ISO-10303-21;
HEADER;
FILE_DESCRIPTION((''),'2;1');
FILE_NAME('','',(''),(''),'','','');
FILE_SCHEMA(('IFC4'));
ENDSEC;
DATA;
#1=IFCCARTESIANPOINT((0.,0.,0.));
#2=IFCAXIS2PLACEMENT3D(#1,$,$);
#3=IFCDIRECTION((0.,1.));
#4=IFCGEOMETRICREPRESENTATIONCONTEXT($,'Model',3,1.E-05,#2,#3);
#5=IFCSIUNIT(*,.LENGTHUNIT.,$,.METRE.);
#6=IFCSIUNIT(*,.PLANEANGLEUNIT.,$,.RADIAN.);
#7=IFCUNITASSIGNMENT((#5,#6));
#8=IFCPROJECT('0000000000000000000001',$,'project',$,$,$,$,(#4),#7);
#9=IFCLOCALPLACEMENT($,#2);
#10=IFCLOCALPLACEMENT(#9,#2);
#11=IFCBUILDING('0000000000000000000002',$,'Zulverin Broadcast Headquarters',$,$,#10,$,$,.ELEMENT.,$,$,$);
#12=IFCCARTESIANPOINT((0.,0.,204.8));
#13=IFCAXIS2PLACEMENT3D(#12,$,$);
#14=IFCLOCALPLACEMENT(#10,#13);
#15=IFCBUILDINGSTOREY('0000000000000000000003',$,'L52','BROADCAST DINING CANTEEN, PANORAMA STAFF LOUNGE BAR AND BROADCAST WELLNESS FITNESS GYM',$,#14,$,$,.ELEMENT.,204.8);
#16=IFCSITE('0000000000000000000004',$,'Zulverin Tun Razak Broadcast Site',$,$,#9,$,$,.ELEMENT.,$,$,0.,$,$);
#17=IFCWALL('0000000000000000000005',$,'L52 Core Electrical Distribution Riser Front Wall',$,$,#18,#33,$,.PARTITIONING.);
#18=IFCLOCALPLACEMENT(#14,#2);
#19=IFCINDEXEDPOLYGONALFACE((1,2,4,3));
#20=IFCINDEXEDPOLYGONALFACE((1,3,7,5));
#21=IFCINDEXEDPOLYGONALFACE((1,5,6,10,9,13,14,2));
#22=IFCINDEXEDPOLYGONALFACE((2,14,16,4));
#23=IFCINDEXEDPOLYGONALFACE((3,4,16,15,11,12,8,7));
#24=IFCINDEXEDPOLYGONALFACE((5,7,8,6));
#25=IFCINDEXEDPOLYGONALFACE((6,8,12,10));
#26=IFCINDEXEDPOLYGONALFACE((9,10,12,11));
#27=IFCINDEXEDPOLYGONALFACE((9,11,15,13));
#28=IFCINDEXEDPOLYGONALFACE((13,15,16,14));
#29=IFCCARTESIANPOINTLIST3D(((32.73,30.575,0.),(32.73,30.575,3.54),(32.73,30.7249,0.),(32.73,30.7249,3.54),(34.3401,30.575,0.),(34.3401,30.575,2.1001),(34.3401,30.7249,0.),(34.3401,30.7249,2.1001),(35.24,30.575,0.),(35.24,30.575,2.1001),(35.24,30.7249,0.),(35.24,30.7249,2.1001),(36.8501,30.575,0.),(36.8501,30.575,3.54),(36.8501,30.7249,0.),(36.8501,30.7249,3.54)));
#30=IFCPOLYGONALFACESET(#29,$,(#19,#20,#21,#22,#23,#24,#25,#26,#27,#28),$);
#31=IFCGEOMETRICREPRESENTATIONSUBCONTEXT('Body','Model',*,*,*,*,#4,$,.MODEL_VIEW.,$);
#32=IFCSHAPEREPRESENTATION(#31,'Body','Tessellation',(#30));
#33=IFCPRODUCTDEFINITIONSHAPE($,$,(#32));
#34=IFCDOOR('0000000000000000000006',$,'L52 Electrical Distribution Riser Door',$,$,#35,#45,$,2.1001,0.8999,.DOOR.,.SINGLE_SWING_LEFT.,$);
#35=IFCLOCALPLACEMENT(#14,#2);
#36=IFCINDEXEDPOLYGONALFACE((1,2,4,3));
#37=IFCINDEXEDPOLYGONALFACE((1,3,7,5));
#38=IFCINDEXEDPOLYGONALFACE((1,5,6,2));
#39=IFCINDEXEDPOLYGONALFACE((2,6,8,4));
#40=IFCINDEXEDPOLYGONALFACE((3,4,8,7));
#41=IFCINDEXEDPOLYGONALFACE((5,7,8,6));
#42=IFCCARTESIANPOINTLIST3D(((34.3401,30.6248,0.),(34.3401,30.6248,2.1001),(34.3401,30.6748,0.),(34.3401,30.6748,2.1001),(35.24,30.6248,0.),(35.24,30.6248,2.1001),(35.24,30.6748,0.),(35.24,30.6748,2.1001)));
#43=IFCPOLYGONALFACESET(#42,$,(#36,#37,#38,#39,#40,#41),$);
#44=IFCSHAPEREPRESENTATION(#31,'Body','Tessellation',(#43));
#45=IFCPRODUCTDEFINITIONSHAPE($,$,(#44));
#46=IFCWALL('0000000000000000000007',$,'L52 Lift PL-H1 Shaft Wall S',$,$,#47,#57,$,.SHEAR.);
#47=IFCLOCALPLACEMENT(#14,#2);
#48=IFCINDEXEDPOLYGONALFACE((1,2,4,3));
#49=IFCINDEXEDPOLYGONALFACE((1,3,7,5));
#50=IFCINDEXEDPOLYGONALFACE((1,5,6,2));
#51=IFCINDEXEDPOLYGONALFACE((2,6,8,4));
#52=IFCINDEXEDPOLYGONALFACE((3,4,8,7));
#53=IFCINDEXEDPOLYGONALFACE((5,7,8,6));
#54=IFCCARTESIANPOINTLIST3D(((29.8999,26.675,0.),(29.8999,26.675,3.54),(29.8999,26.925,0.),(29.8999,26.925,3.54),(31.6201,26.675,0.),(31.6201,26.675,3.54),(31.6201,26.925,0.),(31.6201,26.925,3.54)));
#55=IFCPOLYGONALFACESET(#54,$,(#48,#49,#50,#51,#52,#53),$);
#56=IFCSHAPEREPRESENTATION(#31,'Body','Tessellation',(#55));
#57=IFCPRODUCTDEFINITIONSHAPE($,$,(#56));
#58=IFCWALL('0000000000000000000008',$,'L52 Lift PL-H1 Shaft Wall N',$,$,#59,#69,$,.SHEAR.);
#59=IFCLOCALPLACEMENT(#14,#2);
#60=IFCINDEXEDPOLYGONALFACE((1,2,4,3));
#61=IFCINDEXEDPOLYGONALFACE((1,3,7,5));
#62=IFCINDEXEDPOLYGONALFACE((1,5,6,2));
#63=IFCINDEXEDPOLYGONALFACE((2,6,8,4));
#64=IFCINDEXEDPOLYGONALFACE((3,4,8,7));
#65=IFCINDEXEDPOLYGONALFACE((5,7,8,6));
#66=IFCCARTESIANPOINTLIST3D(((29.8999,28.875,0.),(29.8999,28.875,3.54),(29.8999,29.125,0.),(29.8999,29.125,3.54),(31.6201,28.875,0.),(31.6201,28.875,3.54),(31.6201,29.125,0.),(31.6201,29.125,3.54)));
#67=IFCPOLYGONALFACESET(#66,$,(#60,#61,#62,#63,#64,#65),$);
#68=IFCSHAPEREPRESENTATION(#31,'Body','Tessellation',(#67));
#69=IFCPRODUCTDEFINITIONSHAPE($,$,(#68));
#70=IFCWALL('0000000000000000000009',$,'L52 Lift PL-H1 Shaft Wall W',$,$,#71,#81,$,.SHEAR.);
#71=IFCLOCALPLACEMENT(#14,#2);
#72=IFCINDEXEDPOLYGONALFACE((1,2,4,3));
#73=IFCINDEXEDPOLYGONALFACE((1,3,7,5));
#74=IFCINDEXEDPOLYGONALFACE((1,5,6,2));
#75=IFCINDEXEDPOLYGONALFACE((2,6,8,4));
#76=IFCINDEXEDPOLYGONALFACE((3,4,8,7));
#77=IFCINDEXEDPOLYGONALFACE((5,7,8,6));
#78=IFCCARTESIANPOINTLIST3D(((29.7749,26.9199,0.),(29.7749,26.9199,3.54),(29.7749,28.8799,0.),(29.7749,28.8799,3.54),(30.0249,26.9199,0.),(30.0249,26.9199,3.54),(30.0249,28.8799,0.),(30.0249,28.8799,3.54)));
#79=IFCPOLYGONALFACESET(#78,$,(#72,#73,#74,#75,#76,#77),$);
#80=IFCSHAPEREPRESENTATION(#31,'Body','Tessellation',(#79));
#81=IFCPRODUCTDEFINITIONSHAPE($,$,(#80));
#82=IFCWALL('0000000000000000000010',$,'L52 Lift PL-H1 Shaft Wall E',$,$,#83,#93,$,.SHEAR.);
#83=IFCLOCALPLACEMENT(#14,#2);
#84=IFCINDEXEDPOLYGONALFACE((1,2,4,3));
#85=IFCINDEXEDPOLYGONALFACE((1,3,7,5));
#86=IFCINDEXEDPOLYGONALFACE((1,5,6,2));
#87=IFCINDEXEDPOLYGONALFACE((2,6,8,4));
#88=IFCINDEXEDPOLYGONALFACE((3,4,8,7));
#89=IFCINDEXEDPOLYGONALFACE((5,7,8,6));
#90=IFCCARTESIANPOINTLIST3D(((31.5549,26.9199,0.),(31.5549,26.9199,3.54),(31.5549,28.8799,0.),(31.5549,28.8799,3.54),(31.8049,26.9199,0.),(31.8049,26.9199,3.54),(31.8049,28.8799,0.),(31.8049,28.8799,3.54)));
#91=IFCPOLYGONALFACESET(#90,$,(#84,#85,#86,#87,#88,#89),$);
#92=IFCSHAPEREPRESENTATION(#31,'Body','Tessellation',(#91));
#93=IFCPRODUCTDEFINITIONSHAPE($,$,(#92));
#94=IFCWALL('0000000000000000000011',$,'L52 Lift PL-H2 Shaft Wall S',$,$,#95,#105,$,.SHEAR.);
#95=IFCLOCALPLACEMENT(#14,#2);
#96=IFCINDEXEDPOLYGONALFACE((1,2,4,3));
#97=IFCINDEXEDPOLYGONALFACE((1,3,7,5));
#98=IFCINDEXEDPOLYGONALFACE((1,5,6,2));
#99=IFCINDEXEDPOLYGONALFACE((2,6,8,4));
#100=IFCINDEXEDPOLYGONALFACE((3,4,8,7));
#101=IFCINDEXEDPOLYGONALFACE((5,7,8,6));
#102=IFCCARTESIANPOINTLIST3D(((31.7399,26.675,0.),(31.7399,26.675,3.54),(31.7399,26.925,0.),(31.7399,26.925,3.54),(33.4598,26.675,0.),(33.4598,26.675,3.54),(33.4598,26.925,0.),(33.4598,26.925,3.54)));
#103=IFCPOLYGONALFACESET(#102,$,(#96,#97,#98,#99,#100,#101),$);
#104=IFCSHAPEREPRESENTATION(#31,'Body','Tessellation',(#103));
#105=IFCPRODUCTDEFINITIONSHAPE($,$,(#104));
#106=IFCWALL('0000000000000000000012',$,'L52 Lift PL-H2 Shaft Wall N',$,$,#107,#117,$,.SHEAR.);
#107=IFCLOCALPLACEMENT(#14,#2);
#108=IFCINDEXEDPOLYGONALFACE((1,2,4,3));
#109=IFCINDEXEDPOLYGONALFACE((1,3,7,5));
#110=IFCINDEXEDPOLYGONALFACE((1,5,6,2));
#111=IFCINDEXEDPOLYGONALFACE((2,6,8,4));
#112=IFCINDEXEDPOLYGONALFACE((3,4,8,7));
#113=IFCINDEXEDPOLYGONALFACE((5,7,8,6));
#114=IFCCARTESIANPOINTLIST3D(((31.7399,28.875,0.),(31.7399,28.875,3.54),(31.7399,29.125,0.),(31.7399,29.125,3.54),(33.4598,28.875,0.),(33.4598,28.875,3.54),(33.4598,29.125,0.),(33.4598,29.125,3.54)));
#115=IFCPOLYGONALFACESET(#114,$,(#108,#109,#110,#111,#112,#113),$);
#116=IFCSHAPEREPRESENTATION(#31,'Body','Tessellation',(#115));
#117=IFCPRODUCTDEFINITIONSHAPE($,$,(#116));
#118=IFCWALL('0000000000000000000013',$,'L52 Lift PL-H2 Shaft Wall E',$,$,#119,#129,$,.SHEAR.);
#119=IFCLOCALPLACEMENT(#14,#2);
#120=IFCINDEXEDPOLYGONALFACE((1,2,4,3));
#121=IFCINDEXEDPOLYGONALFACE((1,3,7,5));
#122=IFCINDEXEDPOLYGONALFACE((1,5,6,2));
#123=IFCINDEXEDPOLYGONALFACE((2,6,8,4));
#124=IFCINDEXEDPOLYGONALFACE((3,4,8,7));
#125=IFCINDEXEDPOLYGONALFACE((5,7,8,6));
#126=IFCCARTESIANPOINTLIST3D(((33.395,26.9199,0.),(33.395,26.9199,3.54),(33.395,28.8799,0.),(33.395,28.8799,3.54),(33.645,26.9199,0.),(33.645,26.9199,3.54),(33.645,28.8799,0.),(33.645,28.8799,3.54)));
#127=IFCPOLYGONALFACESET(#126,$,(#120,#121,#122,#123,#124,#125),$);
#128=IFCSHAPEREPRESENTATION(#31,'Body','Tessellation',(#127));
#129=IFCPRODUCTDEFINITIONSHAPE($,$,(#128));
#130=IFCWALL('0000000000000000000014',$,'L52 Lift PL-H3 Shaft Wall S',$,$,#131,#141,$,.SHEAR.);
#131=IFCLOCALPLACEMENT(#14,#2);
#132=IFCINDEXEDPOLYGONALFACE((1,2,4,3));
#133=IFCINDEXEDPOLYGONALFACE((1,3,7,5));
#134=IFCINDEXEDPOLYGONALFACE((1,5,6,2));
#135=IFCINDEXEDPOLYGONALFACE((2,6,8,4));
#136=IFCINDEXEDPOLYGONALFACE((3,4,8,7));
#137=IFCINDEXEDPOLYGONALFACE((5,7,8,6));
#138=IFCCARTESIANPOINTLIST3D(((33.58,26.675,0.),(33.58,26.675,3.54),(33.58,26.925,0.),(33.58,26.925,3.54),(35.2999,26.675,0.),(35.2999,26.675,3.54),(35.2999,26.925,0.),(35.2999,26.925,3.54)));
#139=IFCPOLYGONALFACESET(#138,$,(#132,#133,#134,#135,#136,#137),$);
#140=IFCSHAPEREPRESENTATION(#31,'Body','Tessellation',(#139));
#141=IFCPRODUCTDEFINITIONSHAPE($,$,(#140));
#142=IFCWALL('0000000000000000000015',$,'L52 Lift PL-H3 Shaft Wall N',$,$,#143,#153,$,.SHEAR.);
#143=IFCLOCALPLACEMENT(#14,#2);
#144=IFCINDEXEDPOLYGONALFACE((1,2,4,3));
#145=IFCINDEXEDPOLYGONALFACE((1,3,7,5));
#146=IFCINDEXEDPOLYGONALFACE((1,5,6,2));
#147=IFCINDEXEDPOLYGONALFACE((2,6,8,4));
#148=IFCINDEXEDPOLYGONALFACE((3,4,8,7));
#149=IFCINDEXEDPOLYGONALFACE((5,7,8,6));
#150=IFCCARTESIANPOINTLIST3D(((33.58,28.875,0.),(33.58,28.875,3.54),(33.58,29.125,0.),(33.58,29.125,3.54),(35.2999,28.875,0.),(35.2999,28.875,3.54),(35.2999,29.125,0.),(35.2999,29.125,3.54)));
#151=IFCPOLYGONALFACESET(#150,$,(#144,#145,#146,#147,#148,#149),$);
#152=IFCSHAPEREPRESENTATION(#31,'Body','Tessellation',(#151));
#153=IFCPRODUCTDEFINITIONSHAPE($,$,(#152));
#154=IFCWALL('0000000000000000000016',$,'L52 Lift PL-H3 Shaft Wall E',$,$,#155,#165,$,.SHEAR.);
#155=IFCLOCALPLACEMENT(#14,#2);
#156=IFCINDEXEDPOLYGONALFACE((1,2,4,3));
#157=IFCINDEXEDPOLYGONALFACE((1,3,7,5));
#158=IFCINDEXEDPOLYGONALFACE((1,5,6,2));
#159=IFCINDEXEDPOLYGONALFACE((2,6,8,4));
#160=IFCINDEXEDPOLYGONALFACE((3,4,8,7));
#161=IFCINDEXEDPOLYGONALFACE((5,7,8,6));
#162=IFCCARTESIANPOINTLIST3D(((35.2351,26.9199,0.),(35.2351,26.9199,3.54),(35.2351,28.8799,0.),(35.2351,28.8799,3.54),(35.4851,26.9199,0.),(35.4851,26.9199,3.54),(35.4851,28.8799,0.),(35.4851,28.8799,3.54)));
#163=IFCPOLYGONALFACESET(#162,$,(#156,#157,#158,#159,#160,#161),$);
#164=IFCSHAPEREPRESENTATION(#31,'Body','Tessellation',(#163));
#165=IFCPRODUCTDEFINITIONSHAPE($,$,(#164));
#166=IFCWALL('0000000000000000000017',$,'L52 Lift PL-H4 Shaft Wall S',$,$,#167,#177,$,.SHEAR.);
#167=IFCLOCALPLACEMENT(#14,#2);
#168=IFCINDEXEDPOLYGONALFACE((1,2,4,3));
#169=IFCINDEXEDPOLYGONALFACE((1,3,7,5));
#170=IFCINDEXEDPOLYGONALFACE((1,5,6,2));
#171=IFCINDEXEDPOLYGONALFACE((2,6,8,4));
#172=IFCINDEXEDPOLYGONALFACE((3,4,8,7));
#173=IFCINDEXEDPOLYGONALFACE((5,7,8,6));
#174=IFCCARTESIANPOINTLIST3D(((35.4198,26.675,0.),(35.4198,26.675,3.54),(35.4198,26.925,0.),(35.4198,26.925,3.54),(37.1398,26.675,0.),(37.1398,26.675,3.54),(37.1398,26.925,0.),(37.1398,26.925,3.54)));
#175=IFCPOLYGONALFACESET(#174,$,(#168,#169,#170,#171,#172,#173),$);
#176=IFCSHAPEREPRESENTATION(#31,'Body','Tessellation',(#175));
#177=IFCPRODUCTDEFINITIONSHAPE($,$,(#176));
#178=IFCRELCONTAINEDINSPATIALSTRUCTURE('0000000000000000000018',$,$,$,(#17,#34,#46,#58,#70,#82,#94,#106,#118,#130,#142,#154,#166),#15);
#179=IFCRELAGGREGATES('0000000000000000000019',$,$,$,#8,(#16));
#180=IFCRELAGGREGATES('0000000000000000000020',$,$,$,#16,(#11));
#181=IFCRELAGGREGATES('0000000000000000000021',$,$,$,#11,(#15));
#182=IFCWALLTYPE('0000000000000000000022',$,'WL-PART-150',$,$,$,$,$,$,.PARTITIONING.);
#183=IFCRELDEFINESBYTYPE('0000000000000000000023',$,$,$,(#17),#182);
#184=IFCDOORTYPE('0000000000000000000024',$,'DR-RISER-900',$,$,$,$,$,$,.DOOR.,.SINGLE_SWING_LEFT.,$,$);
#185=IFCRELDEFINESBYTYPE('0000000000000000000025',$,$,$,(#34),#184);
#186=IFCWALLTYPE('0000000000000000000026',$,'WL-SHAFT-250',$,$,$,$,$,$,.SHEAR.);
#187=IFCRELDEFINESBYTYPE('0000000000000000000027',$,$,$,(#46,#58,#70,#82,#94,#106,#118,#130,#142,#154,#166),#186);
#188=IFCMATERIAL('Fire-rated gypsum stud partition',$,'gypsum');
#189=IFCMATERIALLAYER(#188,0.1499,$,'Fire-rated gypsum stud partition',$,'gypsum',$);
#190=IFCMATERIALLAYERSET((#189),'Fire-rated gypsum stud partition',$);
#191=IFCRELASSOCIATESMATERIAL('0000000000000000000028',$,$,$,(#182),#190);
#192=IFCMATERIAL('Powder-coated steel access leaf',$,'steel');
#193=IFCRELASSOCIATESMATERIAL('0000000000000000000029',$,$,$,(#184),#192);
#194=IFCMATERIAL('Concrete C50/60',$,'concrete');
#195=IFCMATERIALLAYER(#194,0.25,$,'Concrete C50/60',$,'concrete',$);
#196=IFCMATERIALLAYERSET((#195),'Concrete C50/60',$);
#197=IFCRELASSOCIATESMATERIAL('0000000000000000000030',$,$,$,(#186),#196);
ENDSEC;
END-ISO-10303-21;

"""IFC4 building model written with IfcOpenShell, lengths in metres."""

from ifc_helpers import new_model, si_unit, direction, frame, frame_2d, origin, place, context, subcontext, project, spatial, rectangle, extrude, material, layer, layer_set, type_object, element, fill, save


model = new_model("IFC4")

# Units and contexts
model_context = context("Model", 3, precision=1e-05, world=origin(), true_north=direction((0.0, 1.0)))
body_context = subcontext(model_context, "Body", "Model", "MODEL_VIEW")
ifc_project = project(units=[si_unit("LENGTHUNIT", "METRE"), si_unit("PLANEANGLEUNIT", "RADIAN")], contexts=[model_context])

# Site, building, storey
site_placement = place(None, origin())
site = spatial("IfcSite", under=ifc_project, at=site_placement, Name="Zulverin Tun Razak Broadcast Site", CompositionType="ELEMENT", RefElevation=0.0)
building_placement = place(site_placement, origin())
building = spatial("IfcBuilding", under=site, at=building_placement, Name="Zulverin Broadcast Headquarters", CompositionType="ELEMENT")
storey_placement = place(building_placement, frame((0.0, 0.0, 204.8)))
storey = spatial("IfcBuildingStorey", under=building, at=storey_placement, Name="L52", Description="BROADCAST DINING CANTEEN, PANORAMA STAFF LOUNGE BAR AND BROADCAST WELLNESS FITNESS GYM", CompositionType="ELEMENT", Elevation=204.8)

# Wall, opening, door
ifc_material_1 = material(Name="Fire-rated gypsum stud partition", Category="gypsum")
ifc_layer_1 = layer(ifc_material_1, 0.1499, Name="Fire-rated gypsum stud partition", Category="gypsum")
ifc_layer_set_1 = layer_set([ifc_layer_1], Name="Fire-rated gypsum stud partition")
wall_type_1 = type_object("IfcWallType", Name="WL-PART-150", PredefinedType="PARTITIONING", material=ifc_layer_set_1)
wall_1_placement = place(storey_placement, frame((32.73, 30.6499, 0.0), z_axis=(0.0, 0.0, 1.0), x_axis=(1.0, 0.0, 0.0)))
wall_1 = element("IfcWall", 1, at=wall_1_placement, inside=storey, type_object=wall_type_1, Name="L52 Core Electrical Distribution Riser Front Wall", PredefinedType="PARTITIONING", context=body_context, shape_type="SweptSolid", body=[
    extrude(rectangle(XDim=4.1201, YDim=0.1499, at=frame_2d((2.0601, 0.0))), origin(), (0.0, 0.0, 1.0), 3.54),
])
opening_1_placement = place(wall_1_placement, frame((1.6101, 0.0, 0.0)))
opening_1 = element("IfcOpeningElement", 2, at=opening_1_placement, cuts=wall_1, PredefinedType="OPENING", context=body_context, shape_type="SweptSolid", body=[
    extrude(rectangle(XDim=0.8999, YDim=2.1001, at=frame_2d((0.45, 1.05))), frame((0.0, 0.085, 0.0), z_axis=(0.0, -1.0, 0.0), x_axis=(1.0, 0.0, 0.0)), (0.0, 0.0, 1.0), 0.1699),
])
ifc_material_2 = material(Name="Powder-coated steel access leaf", Category="steel")
door_type_1 = type_object("IfcDoorType", Name="DR-RISER-900", OperationType="SINGLE_SWING_LEFT", PredefinedType="DOOR", material=ifc_material_2)
door_1_placement = place(opening_1_placement, origin())
door_1 = element("IfcDoor", 3, at=door_1_placement, inside=storey, type_object=door_type_1, Name="L52 Electrical Distribution Riser Door", OperationType="SINGLE_SWING_LEFT", OverallHeight=2.1001, OverallWidth=0.8999, PredefinedType="DOOR", context=body_context, shape_type="SweptSolid", body=[
    extrude(rectangle(XDim=0.8999, YDim=2.1001, at=frame_2d((0.45, 1.05))), frame((0.0, 0.0249, 0.0), z_axis=(0.0, -1.0, 0.0), x_axis=(1.0, 0.0, 0.0)), (0.0, 0.0, 1.0), 0.05),
])
fill(opening_1, door_1)
ifc_material_3 = material(Name="Concrete C50/60", Category="concrete")
ifc_layer_2 = layer(ifc_material_3, 0.25, Name="Concrete C50/60", Category="concrete")
ifc_layer_set_2 = layer_set([ifc_layer_2], Name="Concrete C50/60")
wall_type_2 = type_object("IfcWallType", Name="WL-SHAFT-250", PredefinedType="SHEAR", material=ifc_layer_set_2)

# Walls
for number, where, z_axis, x_axis, name in (
    (4, (29.8999, 26.8, 0.0), (0.0, 0.0, 1.0), (1.0, 0.0, 0.0), "L52 Lift PL-H1 Shaft Wall S"),
    (5, (29.8999, 29.0, 0.0), (0.0, 0.0, 1.0), (1.0, 0.0, 0.0), "L52 Lift PL-H1 Shaft Wall N"),
):
    element("IfcWall", number, at=place(storey_placement, frame(where, z_axis=z_axis, x_axis=x_axis)), inside=storey, type_object=wall_type_2, Name=name, PredefinedType="SHEAR", context=body_context, shape_type="SweptSolid", body=[
        extrude(rectangle(XDim=1.7202, YDim=0.25, at=frame_2d((0.8601, 0.0))), origin(), (0.0, 0.0, 1.0), 3.54),
    ])
for number, where, z_axis, x_axis, name in (
    (6, (29.8999, 26.9199, 0.0), (0.0, 0.0, 1.0), (0.0, 1.0, 0.0), "L52 Lift PL-H1 Shaft Wall W"),
    (7, (31.6799, 26.9199, 0.0), (0.0, 0.0, 1.0), (0.0, 1.0, 0.0), "L52 Lift PL-H1 Shaft Wall E"),
):
    element("IfcWall", number, at=place(storey_placement, frame(where, z_axis=z_axis, x_axis=x_axis)), inside=storey, type_object=wall_type_2, Name=name, PredefinedType="SHEAR", context=body_context, shape_type="SweptSolid", body=[
        extrude(rectangle(XDim=1.96, YDim=0.25, at=frame_2d((0.98, 0.0))), origin(), (0.0, 0.0, 1.0), 3.54),
    ])
for number, where, z_axis, x_axis, name in (
    (8, (31.74, 26.8, 0.0), (0.0, 0.0, 1.0), (1.0, 0.0, 0.0), "L52 Lift PL-H2 Shaft Wall S"),
    (9, (31.74, 29.0, 0.0), (0.0, 0.0, 1.0), (1.0, 0.0, 0.0), "L52 Lift PL-H2 Shaft Wall N"),
):
    element("IfcWall", number, at=place(storey_placement, frame(where, z_axis=z_axis, x_axis=x_axis)), inside=storey, type_object=wall_type_2, Name=name, PredefinedType="SHEAR", context=body_context, shape_type="SweptSolid", body=[
        extrude(rectangle(XDim=1.72, YDim=0.25, at=frame_2d((0.8599, 0.0))), origin(), (0.0, 0.0, 1.0), 3.54),
    ])
wall_2_placement = place(storey_placement, frame((33.52, 26.9199, 0.0), z_axis=(0.0, 0.0, 1.0), x_axis=(0.0, 1.0, 0.0)))
element("IfcWall", 10, at=wall_2_placement, inside=storey, type_object=wall_type_2, Name="L52 Lift PL-H2 Shaft Wall E", PredefinedType="SHEAR", context=body_context, shape_type="SweptSolid", body=[
    extrude(rectangle(XDim=1.96, YDim=0.25, at=frame_2d((0.98, 0.0))), origin(), (0.0, 0.0, 1.0), 3.54),
])
for number, where, z_axis, x_axis, name in (
    (11, (33.5801, 26.8, 0.0), (0.0, 0.0, 1.0), (1.0, 0.0, 0.0), "L52 Lift PL-H3 Shaft Wall S"),
    (12, (33.5801, 29.0, 0.0), (0.0, 0.0, 1.0), (1.0, 0.0, 0.0), "L52 Lift PL-H3 Shaft Wall N"),
):
    element("IfcWall", number, at=place(storey_placement, frame(where, z_axis=z_axis, x_axis=x_axis)), inside=storey, type_object=wall_type_2, Name=name, PredefinedType="SHEAR", context=body_context, shape_type="SweptSolid", body=[
        extrude(rectangle(XDim=1.72, YDim=0.25, at=frame_2d((0.8599, 0.0))), origin(), (0.0, 0.0, 1.0), 3.54),
    ])
wall_3_placement = place(storey_placement, frame((35.3601, 26.9199, 0.0), z_axis=(0.0, 0.0, 1.0), x_axis=(0.0, 1.0, 0.0)))
element("IfcWall", 13, at=wall_3_placement, inside=storey, type_object=wall_type_2, Name="L52 Lift PL-H3 Shaft Wall E", PredefinedType="SHEAR", context=body_context, shape_type="SweptSolid", body=[
    extrude(rectangle(XDim=1.96, YDim=0.25, at=frame_2d((0.98, 0.0))), origin(), (0.0, 0.0, 1.0), 3.54),
])
wall_4_placement = place(storey_placement, frame((35.4199, 26.8, 0.0), z_axis=(0.0, 0.0, 1.0), x_axis=(1.0, 0.0, 0.0)))
element("IfcWall", 14, at=wall_4_placement, inside=storey, type_object=wall_type_2, Name="L52 Lift PL-H4 Shaft Wall S", PredefinedType="SHEAR", context=body_context, shape_type="SweptSolid", body=[
    extrude(rectangle(XDim=1.72, YDim=0.25, at=frame_2d((0.8599, 0.0))), origin(), (0.0, 0.0, 1.0), 3.54),
])

save(model, "model.ifc")
